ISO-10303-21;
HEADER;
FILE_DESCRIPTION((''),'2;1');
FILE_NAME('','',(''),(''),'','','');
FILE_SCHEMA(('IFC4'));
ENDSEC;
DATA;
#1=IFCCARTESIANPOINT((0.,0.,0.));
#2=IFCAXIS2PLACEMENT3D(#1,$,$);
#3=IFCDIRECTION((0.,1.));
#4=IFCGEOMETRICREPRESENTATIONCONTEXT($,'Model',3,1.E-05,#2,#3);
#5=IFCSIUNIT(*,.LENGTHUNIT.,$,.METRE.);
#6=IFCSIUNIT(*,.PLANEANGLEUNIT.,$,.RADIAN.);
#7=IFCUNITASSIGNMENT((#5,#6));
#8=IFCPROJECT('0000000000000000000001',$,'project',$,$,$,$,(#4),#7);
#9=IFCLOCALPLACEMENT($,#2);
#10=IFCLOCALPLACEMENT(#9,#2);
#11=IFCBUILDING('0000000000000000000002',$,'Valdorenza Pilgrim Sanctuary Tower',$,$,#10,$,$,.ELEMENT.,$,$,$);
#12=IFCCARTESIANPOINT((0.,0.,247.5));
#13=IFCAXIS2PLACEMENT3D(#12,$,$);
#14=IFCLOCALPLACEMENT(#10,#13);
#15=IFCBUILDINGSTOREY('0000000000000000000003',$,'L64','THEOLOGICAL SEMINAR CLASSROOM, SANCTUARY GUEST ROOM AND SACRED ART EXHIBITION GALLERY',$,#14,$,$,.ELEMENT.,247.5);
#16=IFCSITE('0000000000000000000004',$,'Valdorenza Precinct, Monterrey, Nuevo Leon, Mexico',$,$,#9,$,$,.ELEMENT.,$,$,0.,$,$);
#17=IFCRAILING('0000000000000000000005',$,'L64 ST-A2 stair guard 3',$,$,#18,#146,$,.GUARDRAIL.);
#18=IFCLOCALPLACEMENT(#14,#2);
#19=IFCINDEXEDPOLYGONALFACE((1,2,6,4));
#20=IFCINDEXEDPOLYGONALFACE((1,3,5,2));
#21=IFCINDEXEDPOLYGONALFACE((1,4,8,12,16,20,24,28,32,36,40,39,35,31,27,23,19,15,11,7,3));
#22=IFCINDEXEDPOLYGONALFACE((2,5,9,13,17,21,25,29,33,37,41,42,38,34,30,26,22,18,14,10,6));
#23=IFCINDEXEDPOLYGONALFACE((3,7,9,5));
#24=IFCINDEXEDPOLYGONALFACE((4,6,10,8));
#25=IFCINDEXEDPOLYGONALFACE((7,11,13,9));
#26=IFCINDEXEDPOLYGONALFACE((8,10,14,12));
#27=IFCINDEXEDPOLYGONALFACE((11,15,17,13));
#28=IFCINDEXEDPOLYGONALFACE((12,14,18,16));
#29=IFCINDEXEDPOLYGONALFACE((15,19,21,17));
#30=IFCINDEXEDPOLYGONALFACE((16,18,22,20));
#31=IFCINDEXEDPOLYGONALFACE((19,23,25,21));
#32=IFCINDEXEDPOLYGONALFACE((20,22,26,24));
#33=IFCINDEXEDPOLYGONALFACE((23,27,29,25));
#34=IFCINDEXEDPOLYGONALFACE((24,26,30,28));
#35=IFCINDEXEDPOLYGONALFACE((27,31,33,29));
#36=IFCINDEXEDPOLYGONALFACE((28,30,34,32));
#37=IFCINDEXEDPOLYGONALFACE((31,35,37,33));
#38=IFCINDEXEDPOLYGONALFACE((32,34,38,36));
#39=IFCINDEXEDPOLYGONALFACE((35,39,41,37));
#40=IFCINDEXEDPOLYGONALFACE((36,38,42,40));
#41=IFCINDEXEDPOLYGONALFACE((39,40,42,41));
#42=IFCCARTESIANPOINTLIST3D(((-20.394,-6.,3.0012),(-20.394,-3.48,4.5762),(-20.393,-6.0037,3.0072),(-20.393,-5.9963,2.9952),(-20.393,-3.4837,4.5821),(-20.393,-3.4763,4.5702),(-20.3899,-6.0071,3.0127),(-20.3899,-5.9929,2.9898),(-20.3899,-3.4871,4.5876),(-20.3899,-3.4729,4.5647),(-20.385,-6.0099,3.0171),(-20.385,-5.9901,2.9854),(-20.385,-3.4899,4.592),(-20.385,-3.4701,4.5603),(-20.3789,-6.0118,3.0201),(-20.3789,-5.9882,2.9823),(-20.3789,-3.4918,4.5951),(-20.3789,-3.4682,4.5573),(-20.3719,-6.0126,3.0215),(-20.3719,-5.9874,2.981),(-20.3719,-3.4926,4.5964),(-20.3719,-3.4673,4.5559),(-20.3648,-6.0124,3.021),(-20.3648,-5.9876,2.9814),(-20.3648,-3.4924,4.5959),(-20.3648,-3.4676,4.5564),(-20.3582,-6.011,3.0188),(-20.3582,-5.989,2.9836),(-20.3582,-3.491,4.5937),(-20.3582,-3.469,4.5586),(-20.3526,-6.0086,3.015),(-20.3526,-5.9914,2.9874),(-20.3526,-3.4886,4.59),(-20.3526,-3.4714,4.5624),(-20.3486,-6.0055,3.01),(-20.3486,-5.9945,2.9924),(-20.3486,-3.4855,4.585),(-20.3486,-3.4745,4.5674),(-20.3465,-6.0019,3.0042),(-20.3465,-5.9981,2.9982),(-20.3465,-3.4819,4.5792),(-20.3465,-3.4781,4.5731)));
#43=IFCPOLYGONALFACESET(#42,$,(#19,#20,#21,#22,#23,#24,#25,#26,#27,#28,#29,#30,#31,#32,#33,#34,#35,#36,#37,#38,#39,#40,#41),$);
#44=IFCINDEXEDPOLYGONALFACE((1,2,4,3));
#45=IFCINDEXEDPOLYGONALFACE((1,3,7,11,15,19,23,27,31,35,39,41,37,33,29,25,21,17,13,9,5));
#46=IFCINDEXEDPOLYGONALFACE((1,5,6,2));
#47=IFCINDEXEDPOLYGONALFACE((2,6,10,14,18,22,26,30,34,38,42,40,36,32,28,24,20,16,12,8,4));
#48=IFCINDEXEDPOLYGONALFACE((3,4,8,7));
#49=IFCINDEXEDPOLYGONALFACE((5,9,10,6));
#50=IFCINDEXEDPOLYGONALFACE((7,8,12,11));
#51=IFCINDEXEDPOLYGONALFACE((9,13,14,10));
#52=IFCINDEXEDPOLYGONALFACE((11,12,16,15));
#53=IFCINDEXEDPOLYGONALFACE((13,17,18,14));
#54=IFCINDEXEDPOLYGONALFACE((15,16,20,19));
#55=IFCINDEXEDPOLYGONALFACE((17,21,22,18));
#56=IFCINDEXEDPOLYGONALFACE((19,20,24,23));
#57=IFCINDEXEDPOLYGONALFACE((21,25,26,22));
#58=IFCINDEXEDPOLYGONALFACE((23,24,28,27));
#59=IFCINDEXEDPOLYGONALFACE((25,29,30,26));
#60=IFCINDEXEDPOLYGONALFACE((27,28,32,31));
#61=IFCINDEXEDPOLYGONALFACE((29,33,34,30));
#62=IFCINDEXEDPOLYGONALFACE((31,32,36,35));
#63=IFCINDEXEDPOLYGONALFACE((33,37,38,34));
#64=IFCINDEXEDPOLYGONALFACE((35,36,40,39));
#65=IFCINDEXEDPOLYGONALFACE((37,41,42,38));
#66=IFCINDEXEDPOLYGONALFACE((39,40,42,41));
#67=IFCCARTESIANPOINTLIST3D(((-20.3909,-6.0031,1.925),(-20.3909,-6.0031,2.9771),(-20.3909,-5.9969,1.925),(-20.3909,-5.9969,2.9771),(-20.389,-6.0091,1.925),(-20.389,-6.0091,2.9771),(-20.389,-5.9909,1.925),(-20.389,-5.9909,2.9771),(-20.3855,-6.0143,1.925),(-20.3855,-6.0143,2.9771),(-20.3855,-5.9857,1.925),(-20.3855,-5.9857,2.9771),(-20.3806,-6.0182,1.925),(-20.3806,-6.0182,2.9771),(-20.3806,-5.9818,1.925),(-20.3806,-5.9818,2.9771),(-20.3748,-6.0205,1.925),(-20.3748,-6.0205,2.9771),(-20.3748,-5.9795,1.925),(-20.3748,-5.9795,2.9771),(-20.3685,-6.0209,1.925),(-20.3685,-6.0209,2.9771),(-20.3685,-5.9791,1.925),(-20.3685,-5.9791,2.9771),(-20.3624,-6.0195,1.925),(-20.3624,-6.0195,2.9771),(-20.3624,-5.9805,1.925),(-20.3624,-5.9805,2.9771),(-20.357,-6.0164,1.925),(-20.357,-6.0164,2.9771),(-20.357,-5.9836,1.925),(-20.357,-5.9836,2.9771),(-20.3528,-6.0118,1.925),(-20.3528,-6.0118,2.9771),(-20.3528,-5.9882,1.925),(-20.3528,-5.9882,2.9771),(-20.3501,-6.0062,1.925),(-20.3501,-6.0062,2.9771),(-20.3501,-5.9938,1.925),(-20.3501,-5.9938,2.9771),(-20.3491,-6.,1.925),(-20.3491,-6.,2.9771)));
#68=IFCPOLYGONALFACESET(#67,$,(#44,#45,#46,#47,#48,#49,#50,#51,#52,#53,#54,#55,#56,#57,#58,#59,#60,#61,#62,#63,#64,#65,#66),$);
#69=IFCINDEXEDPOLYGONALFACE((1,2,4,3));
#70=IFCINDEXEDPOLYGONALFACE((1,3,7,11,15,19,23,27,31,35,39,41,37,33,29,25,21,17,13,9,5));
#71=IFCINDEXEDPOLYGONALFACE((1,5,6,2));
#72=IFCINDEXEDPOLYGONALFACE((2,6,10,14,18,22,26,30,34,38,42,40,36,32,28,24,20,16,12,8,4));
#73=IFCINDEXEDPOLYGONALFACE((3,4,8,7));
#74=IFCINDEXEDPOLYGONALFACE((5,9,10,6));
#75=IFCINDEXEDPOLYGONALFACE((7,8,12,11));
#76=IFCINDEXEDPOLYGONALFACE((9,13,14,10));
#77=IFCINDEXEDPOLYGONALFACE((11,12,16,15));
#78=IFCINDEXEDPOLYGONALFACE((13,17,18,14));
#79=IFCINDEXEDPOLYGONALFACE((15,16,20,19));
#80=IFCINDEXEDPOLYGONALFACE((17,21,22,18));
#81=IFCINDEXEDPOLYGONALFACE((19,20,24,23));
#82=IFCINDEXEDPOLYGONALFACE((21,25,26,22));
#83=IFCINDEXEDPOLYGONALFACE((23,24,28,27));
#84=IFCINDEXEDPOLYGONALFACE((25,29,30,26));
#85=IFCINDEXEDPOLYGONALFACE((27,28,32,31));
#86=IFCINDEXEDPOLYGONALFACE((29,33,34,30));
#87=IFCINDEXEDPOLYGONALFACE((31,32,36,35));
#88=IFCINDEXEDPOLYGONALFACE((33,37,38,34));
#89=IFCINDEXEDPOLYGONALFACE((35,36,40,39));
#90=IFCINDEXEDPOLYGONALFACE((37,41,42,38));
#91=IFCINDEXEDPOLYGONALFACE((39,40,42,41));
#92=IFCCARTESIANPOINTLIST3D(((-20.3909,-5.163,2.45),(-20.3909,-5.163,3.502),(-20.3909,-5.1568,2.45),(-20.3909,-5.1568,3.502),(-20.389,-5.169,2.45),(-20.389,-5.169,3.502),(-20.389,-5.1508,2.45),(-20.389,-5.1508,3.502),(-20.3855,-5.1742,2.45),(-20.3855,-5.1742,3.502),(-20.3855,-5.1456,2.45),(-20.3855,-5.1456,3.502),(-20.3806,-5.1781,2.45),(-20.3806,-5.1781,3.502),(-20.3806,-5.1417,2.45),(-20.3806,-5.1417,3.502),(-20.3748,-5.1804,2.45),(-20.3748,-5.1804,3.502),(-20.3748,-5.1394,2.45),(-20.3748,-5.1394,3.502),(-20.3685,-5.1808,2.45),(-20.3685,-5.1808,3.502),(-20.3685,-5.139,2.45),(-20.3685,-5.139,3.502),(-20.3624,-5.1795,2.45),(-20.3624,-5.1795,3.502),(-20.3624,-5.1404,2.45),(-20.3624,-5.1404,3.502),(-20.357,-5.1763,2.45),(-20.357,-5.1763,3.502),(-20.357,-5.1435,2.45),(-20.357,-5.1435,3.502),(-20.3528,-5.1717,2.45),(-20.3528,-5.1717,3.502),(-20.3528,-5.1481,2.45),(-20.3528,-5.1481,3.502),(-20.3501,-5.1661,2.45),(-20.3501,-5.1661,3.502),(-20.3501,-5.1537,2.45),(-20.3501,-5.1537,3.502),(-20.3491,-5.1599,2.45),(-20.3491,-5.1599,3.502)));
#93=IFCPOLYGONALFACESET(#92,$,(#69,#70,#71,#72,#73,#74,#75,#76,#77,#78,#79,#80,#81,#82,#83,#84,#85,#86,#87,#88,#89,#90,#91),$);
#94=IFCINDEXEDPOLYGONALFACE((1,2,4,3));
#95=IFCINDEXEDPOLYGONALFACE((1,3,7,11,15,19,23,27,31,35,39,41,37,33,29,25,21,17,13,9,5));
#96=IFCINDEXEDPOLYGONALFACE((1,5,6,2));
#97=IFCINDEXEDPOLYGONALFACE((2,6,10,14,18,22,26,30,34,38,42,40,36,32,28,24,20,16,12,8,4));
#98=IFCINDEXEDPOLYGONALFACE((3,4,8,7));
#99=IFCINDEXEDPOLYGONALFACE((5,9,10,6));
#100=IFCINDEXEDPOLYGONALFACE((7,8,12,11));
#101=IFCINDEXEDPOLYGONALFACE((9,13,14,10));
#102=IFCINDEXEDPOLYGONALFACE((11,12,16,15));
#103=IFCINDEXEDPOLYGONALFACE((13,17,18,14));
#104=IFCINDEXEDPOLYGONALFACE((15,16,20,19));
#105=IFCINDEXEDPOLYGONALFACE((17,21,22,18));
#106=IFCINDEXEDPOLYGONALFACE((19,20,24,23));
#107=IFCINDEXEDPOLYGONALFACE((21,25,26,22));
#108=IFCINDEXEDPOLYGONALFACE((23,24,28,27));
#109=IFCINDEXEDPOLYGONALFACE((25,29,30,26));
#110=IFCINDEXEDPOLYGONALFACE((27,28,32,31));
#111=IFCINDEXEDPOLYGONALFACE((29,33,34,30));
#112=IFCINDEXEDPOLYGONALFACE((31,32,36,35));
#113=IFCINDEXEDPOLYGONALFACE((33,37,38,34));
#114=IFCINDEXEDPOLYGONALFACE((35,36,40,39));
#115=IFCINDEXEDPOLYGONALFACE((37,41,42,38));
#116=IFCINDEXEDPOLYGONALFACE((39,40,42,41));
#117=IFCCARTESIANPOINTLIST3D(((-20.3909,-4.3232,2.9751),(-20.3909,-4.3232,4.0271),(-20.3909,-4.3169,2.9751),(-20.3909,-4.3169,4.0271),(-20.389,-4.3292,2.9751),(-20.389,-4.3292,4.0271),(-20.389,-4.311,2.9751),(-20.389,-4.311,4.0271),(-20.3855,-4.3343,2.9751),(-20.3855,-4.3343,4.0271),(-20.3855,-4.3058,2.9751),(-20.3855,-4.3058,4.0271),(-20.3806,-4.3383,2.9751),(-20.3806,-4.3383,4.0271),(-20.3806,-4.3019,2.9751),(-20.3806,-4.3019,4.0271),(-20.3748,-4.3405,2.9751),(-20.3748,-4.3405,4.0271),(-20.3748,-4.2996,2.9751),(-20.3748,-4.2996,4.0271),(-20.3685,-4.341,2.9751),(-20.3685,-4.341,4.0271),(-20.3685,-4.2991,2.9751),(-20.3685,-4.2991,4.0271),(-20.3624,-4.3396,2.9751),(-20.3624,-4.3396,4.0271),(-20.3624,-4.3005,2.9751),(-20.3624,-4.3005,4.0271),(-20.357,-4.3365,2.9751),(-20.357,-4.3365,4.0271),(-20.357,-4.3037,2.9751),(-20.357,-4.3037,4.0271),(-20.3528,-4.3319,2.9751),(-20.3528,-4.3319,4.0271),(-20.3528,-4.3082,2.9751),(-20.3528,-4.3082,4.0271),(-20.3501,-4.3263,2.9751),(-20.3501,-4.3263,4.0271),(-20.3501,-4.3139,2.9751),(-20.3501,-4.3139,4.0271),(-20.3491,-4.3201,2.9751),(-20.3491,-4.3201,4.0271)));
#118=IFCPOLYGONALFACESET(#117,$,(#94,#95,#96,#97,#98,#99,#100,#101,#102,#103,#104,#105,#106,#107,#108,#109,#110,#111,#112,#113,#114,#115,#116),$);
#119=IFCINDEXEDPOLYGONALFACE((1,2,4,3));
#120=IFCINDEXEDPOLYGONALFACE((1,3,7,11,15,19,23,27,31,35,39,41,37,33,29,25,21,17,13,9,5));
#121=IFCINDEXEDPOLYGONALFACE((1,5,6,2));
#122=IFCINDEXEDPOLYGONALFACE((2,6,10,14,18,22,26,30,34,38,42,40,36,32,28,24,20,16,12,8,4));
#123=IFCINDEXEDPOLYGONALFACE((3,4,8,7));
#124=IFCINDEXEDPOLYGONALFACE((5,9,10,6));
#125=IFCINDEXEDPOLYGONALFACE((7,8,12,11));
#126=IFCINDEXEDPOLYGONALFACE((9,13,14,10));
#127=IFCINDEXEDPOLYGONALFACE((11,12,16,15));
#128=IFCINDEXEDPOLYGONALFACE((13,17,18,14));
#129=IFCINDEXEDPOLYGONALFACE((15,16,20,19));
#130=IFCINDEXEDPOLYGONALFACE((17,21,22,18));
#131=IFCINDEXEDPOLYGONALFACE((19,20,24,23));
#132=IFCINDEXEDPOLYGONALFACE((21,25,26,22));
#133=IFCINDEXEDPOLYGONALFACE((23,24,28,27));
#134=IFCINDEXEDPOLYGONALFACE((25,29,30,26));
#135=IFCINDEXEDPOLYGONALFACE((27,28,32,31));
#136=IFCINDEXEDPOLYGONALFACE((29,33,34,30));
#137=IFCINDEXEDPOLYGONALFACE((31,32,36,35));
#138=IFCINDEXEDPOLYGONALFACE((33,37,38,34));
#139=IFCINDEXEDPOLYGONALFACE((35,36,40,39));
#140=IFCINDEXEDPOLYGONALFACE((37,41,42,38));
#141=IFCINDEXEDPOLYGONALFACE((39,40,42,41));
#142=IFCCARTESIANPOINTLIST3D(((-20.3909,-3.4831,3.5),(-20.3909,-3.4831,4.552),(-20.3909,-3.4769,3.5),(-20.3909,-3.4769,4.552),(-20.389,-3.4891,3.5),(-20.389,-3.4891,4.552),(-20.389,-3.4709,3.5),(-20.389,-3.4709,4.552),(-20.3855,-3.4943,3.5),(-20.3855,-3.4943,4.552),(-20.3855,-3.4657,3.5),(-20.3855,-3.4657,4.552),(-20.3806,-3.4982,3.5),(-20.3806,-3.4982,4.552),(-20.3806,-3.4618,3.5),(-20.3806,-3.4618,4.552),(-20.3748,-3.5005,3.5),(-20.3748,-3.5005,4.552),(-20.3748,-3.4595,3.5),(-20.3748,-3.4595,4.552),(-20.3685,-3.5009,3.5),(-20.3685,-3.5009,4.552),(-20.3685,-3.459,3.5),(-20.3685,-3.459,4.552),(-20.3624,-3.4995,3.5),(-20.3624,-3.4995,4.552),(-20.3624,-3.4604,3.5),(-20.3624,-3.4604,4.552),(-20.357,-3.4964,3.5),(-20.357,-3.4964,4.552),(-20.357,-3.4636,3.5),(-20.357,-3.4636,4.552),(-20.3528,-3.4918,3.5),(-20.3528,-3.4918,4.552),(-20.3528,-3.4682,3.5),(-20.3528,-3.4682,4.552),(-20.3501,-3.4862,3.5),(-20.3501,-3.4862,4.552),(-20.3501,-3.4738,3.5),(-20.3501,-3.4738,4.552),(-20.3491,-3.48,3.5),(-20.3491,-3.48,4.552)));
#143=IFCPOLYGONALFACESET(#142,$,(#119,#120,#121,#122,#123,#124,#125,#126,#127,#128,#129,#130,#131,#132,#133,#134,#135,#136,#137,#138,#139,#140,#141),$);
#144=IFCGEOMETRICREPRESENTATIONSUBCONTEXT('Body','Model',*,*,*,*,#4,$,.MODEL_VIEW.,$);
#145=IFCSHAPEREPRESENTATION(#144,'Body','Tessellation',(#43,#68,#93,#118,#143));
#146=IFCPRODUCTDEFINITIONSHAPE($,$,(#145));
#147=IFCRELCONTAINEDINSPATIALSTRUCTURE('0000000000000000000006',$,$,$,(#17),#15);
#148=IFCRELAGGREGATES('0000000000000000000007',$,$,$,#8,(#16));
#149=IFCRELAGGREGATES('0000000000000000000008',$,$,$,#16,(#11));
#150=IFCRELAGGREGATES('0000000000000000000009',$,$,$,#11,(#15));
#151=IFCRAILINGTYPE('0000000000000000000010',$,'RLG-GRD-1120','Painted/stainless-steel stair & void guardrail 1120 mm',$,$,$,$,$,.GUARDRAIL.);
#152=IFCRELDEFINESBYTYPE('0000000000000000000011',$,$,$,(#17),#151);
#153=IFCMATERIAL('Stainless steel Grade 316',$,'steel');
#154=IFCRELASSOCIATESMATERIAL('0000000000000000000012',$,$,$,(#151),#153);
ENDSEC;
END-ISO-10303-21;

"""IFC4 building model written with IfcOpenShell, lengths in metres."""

from ifc_helpers import new_model, si_unit, direction, frame, origin, origin_2d, place, context, subcontext, project, spatial, circle, extrude, material, type_object, element, save


model = new_model("IFC4")

# Units and contexts
model_context = context("Model", 3, precision=1e-05, world=origin(), true_north=direction((0.0, 1.0)))
body_context = subcontext(model_context, "Body", "Model", "MODEL_VIEW")
ifc_project = project(units=[si_unit("LENGTHUNIT", "METRE"), si_unit("PLANEANGLEUNIT", "RADIAN")], contexts=[model_context])

# Site, building, storey
site_placement = place(None, origin())
site = spatial("IfcSite", under=ifc_project, at=site_placement, Name="Valdorenza Precinct, Monterrey, Nuevo Leon, Mexico", CompositionType="ELEMENT", RefElevation=0.0)
building_placement = place(site_placement, origin())
building = spatial("IfcBuilding", under=site, at=building_placement, Name="Valdorenza Pilgrim Sanctuary Tower", CompositionType="ELEMENT")
storey_placement = place(building_placement, frame((0.0, 0.0, 247.5)))
storey = spatial("IfcBuildingStorey", under=building, at=storey_placement, Name="L64", Description="THEOLOGICAL SEMINAR CLASSROOM, SANCTUARY GUEST ROOM AND SACRED ART EXHIBITION GALLERY", CompositionType="ELEMENT", Elevation=247.5)

# Railing
ifc_material_1 = material(Name="Stainless steel Grade 316", Category="steel")
railing_type_1 = type_object("IfcRailingType", Name="RLG-GRD-1120", Description="Painted/stainless-steel stair & void guardrail 1120 mm", PredefinedType="GUARDRAIL", material=ifc_material_1)
railing_1_placement = place(storey_placement, frame((-20.3701, -6.0, 1.925)))
element("IfcRailing", 1, at=railing_1_placement, inside=storey, type_object=railing_type_1, Name="L64 ST-A2 stair guard 3", PredefinedType="GUARDRAIL", context=body_context, shape_type="SweptSolid", body=[
    extrude(circle(Radius=0.0239, at=origin_2d()), frame((0.0, 0.0, 1.0762), z_axis=(0.0, 0.848008, 0.529984), x_axis=(-1.0, 0.0, 0.0)), (0.0, 0.0, 1.0), 2.9717),
    extrude(circle(Radius=0.021, at=origin_2d()), origin(), (0.0, 0.0, 1.0), 1.052),
    extrude(circle(Radius=0.021, at=origin_2d()), frame((0.0, 0.8401, 0.5249)), (0.0, 0.0, 1.0), 1.052),
    extrude(circle(Radius=0.021, at=origin_2d()), frame((0.0, 1.6799, 1.05)), (0.0, 0.0, 1.0), 1.052),
    extrude(circle(Radius=0.021, at=origin_2d()), frame((0.0, 2.52, 1.575)), (0.0, 0.0, 1.0), 1.052),
])

save(model, "model.ifc")
